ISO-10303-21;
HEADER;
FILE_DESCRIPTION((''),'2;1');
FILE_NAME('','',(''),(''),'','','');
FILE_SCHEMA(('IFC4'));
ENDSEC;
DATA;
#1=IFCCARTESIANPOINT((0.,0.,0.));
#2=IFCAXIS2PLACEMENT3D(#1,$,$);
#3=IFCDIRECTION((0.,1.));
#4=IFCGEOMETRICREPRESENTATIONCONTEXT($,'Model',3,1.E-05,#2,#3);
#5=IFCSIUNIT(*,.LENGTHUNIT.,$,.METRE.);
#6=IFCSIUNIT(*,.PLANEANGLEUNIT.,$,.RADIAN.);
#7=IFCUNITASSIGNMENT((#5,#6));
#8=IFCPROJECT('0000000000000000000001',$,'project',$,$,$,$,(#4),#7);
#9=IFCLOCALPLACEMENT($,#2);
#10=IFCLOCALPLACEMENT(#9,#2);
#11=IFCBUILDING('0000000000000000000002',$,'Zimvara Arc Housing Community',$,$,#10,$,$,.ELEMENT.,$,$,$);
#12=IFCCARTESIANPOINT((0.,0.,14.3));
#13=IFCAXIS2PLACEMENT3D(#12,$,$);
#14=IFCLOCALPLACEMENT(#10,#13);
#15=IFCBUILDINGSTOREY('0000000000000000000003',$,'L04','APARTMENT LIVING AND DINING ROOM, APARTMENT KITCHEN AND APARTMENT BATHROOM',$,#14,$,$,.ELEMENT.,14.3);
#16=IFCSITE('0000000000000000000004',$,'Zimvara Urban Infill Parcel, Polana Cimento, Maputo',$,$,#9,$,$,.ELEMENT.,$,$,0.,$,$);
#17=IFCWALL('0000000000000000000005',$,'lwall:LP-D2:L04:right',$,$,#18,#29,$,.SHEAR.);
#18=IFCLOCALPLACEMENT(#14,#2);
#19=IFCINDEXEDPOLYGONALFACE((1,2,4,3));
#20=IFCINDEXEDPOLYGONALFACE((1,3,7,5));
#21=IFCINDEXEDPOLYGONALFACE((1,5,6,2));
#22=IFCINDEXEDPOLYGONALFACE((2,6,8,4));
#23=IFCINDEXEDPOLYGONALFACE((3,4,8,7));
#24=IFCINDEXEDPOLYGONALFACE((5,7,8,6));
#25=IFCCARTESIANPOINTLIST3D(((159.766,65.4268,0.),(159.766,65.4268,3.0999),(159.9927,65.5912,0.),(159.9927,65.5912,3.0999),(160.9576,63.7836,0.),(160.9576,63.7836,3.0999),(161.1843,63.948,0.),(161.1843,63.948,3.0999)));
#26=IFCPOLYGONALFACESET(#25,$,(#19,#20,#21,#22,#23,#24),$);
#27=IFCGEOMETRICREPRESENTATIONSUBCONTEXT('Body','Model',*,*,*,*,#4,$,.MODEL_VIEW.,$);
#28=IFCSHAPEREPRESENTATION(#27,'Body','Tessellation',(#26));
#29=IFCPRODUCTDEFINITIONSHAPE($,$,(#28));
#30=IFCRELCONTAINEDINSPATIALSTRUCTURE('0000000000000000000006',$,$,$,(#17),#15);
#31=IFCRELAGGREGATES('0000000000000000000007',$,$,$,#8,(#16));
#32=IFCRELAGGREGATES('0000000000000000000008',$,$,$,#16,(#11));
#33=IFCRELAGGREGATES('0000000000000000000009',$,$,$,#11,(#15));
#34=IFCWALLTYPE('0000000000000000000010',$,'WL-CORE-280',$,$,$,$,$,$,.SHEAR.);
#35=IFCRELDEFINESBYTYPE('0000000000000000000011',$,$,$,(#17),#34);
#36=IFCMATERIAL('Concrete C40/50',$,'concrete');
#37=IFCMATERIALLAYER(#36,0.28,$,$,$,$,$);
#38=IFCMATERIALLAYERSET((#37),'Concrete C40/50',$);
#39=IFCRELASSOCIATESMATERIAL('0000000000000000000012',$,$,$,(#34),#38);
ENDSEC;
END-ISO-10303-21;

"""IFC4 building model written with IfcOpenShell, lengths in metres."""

from ifc_helpers import new_model, si_unit, direction, frame, frame_2d, origin, place, context, subcontext, project, spatial, rectangle, extrude, material, layer, layer_set, type_object, element, save


model = new_model("IFC4")

# Units and contexts
model_context = context("Model", 3, precision=1e-05, world=origin(), true_north=direction((0.0, 1.0)))
body_context = subcontext(model_context, "Body", "Model", "MODEL_VIEW")
ifc_project = project(units=[si_unit("LENGTHUNIT", "METRE"), si_unit("PLANEANGLEUNIT", "RADIAN")], contexts=[model_context])

# Site, building, storey
site_placement = place(None, origin())
site = spatial("IfcSite", under=ifc_project, at=site_placement, Name="Zimvara Urban Infill Parcel, Polana Cimento, Maputo", CompositionType="ELEMENT", RefElevation=0.0)
building_placement = place(site_placement, origin())
building = spatial("IfcBuilding", under=site, at=building_placement, Name="Zimvara Arc Housing Community", CompositionType="ELEMENT")
storey_placement = place(building_placement, frame((0.0, 0.0, 14.3)))
storey = spatial("IfcBuildingStorey", under=building, at=storey_placement, Name="L04", Description="APARTMENT LIVING AND DINING ROOM, APARTMENT KITCHEN AND APARTMENT BATHROOM", CompositionType="ELEMENT", Elevation=14.3)

# Shared definitions
ifc_material_1 = material(Name="Concrete C40/50", Category="concrete")
ifc_layer_1 = layer(ifc_material_1, 0.28)
ifc_layer_set_1 = layer_set([ifc_layer_1], Name="Concrete C40/50")
wall_type = type_object("IfcWallType", Name="WL-CORE-280", PredefinedType="SHEAR", material=ifc_layer_set_1)

# Wall
wall_1_placement = place(storey_placement, frame((159.8794, 65.509, 0.0), z_axis=(0.0, 0.0, 1.0), x_axis=(0.587048, -0.809552, 0.0)))
element("IfcWall", 1, at=wall_1_placement, inside=storey, type_object=wall_type, Name="lwall:LP-D2:L04:right", PredefinedType="SHEAR", context=body_context, shape_type="SweptSolid", body=[
    extrude(rectangle(XDim=2.0298, YDim=0.28, at=frame_2d((1.0149, 0.0))), origin(), (0.0, 0.0, 1.0), 3.0999),
])

save(model, "model.ifc")
